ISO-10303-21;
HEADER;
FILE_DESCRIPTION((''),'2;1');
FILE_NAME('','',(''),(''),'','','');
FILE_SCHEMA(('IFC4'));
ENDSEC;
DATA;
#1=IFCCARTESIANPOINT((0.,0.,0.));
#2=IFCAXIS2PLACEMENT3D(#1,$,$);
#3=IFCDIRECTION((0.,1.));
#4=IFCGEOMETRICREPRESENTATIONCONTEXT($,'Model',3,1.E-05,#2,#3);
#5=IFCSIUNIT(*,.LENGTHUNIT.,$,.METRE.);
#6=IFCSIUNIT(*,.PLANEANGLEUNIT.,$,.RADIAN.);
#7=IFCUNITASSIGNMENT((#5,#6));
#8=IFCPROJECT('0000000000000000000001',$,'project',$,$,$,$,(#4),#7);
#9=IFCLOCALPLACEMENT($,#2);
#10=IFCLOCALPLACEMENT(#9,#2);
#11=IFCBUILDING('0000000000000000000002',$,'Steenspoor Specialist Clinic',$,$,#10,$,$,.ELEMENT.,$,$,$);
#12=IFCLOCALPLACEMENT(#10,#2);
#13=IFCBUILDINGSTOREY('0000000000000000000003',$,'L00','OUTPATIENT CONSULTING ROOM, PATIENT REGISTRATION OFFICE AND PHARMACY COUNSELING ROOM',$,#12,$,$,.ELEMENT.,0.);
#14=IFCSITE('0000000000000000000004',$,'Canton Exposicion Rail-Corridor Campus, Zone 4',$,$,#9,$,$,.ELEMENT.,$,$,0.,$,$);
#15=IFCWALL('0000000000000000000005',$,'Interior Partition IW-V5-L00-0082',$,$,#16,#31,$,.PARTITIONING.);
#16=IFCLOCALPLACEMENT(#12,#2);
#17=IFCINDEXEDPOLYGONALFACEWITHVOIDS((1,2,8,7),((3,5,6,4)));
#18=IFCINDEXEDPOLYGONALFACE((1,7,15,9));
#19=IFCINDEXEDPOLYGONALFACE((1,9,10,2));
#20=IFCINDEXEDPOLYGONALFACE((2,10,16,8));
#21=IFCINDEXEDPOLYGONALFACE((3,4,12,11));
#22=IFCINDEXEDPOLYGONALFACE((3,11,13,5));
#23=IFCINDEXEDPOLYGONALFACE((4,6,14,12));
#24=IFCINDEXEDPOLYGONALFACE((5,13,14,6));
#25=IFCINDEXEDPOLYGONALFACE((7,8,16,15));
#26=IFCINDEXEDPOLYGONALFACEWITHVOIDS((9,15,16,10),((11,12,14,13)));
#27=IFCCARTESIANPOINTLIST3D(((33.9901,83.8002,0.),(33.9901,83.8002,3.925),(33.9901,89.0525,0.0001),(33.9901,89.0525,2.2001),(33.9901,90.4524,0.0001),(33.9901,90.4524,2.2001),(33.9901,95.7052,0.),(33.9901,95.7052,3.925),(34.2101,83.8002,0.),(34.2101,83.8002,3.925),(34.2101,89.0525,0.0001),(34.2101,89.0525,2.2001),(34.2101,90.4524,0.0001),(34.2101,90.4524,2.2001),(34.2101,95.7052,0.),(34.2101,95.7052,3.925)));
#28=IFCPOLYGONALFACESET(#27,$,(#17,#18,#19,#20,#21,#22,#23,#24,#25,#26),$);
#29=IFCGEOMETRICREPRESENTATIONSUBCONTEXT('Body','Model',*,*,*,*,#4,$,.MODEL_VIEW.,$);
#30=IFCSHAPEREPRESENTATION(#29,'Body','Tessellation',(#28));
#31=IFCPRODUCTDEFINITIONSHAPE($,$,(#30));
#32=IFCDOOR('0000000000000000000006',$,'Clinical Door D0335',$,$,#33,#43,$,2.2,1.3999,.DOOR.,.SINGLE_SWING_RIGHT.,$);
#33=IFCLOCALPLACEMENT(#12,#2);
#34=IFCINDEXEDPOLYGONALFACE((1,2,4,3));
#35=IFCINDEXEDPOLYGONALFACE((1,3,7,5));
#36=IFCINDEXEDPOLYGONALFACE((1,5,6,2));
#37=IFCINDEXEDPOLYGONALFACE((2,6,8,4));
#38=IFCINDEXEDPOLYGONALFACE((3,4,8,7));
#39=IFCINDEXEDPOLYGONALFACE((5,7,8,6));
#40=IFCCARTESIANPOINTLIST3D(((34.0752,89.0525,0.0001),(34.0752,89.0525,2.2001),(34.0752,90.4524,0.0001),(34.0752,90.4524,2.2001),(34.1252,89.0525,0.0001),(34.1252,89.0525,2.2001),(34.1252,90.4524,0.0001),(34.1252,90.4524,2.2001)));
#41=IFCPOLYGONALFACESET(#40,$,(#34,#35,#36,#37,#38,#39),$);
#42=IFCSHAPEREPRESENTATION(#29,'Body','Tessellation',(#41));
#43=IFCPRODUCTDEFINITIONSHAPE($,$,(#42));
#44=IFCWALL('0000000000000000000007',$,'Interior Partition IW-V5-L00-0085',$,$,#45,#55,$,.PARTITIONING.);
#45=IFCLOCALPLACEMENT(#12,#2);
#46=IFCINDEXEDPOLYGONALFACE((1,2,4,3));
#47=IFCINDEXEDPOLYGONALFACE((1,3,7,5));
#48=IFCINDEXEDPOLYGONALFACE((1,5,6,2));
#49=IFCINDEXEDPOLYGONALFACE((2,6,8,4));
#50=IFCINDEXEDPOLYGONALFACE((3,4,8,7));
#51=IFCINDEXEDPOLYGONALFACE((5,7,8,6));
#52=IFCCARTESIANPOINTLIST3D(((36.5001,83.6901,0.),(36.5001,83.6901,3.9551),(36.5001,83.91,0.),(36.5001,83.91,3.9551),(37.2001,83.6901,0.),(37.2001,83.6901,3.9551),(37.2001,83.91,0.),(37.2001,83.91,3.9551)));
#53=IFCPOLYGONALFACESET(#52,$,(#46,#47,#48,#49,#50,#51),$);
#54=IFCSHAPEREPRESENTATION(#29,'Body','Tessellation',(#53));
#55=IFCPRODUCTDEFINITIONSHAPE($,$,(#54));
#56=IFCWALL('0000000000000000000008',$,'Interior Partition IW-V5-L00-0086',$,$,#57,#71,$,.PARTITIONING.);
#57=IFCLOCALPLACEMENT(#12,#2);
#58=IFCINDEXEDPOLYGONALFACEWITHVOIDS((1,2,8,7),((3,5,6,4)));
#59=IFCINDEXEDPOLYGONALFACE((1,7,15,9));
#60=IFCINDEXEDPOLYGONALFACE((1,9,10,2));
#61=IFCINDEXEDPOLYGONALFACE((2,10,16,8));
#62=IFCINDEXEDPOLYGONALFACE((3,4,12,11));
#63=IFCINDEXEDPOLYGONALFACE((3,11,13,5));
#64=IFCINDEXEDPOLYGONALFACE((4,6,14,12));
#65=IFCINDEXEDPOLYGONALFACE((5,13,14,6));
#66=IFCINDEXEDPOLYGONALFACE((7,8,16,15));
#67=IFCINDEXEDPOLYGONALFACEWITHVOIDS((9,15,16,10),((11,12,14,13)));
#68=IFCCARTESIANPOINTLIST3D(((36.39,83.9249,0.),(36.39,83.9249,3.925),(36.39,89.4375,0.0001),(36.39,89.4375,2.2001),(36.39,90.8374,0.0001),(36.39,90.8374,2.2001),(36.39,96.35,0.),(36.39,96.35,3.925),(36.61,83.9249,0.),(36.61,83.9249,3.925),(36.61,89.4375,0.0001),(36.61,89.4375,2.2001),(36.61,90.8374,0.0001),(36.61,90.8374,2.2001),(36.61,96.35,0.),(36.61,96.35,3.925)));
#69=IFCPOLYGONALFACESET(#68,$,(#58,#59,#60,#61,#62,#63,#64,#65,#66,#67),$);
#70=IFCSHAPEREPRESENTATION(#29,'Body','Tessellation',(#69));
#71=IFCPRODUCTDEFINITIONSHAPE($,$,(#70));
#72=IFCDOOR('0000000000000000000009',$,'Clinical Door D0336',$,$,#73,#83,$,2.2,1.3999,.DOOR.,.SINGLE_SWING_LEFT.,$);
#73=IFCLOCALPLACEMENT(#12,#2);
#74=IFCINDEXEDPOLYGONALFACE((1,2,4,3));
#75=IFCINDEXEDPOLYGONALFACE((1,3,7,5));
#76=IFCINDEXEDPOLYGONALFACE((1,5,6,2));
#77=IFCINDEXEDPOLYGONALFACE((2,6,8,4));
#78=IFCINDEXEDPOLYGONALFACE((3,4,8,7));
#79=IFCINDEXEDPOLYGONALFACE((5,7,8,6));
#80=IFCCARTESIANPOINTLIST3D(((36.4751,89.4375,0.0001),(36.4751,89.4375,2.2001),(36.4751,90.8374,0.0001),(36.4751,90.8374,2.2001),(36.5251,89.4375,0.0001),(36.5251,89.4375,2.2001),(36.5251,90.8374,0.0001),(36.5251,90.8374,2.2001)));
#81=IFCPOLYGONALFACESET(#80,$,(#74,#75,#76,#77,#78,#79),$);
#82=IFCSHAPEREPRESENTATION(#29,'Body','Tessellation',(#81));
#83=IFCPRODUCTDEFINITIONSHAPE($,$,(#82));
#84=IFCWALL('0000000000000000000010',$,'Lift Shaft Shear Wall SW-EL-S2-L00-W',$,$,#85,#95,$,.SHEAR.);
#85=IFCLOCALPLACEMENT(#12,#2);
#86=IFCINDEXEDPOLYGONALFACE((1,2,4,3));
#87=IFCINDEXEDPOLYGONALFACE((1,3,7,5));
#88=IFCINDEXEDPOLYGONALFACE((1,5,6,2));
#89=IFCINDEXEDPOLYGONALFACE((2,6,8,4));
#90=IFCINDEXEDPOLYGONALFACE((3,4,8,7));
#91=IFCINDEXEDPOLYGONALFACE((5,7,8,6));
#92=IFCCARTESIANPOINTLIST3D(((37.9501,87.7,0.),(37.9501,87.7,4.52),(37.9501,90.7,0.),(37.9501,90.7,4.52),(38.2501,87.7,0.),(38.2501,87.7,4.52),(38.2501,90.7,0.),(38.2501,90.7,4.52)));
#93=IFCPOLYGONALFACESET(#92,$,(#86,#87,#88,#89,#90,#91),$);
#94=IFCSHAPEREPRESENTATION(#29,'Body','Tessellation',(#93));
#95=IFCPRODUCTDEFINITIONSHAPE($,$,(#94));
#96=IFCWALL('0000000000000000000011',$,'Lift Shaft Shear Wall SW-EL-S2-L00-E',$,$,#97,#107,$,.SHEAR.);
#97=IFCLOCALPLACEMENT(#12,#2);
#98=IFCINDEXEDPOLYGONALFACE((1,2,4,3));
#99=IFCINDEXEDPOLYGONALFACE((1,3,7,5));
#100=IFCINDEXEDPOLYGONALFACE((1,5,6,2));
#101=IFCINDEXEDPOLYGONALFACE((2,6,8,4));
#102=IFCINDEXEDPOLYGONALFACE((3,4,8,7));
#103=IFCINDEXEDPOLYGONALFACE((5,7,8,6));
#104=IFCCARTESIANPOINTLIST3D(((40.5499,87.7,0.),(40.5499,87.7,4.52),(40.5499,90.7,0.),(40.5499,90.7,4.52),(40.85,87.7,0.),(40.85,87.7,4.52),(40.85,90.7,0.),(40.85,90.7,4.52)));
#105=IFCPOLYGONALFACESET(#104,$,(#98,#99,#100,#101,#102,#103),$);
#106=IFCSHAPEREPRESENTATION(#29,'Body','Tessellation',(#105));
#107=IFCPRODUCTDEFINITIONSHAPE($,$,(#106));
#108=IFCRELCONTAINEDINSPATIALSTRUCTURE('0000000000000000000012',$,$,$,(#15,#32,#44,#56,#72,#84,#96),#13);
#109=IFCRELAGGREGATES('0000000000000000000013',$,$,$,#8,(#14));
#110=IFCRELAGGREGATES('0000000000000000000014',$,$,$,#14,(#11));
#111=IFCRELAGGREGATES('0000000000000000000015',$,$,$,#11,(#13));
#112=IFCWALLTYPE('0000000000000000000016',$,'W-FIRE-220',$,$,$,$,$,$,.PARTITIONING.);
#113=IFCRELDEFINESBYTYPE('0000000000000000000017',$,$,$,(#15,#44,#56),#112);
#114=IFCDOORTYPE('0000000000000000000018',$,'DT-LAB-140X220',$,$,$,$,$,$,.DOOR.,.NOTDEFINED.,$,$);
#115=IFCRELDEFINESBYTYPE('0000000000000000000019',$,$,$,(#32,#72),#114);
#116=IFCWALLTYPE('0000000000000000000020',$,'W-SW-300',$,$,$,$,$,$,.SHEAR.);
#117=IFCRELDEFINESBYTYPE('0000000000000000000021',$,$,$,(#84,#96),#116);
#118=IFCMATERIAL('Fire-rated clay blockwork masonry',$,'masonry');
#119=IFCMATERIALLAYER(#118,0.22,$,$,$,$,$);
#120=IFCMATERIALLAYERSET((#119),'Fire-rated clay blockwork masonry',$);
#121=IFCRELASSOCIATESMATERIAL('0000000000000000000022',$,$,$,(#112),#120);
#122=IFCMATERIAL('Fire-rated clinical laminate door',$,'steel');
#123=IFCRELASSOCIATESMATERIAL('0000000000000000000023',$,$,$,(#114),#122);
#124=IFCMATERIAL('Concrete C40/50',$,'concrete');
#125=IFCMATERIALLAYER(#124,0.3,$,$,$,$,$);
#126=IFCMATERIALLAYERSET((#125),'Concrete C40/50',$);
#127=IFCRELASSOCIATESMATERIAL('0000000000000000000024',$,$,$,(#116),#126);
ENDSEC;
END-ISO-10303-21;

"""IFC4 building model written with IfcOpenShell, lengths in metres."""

from ifc_helpers import new_model, si_unit, direction, frame, frame_2d, origin, place, context, subcontext, project, spatial, rectangle, extrude, material, layer, layer_set, type_object, element, fill, save


model = new_model("IFC4")

# Units and contexts
model_context = context("Model", 3, precision=1e-05, world=origin(), true_north=direction((0.0, 1.0)))
body_context = subcontext(model_context, "Body", "Model", "MODEL_VIEW")
ifc_project = project(units=[si_unit("LENGTHUNIT", "METRE"), si_unit("PLANEANGLEUNIT", "RADIAN")], contexts=[model_context])

# Site, building, storey
site_placement = place(None, origin())
site = spatial("IfcSite", under=ifc_project, at=site_placement, Name="Canton Exposicion Rail-Corridor Campus, Zone 4", CompositionType="ELEMENT", RefElevation=0.0)
building_placement = place(site_placement, origin())
building = spatial("IfcBuilding", under=site, at=building_placement, Name="Steenspoor Specialist Clinic", CompositionType="ELEMENT")
storey_placement = place(building_placement, origin())
storey = spatial("IfcBuildingStorey", under=building, at=storey_placement, Name="L00", Description="OUTPATIENT CONSULTING ROOM, PATIENT REGISTRATION OFFICE AND PHARMACY COUNSELING ROOM", CompositionType="ELEMENT", Elevation=0.0)

# Shared definitions
ifc_material_1 = material(Name="Concrete C40/50", Category="concrete")

# Shared definitions
ifc_material_2 = material(Name="Fire-rated clay blockwork masonry", Category="masonry")
ifc_layer_1 = layer(ifc_material_2, 0.22)
ifc_layer_set_1 = layer_set([ifc_layer_1], Name="Fire-rated clay blockwork masonry")
wall_type_1 = type_object("IfcWallType", Name="W-FIRE-220", PredefinedType="PARTITIONING", material=ifc_layer_set_1)
ifc_material_3 = material(Name="Fire-rated clinical laminate door", Category="steel")
door_type_1 = type_object("IfcDoorType", Name="DT-LAB-140X220", OperationType="NOTDEFINED", PredefinedType="DOOR", material=ifc_material_3)

# Wall, opening, door
wall_1_placement = place(storey_placement, frame((34.1001, 83.8, 0.0), z_axis=(0.0, 0.0, 1.0), x_axis=(0.0, 1.0, 0.0)))
wall_1 = element("IfcWall", 1, at=wall_1_placement, inside=storey, type_object=wall_type_1, Name="Interior Partition IW-V5-L00-0082", PredefinedType="PARTITIONING", context=body_context, shape_type="SweptSolid", body=[
    extrude(rectangle(XDim=11.905, YDim=0.22, at=frame_2d((5.9526, 0.0))), origin(), (0.0, 0.0, 1.0), 3.925),
])
opening_1_placement = place(wall_1_placement, frame((5.2524, 0.0, 0.0)))
opening_1 = element("IfcOpeningElement", 2, at=opening_1_placement, cuts=wall_1, PredefinedType="OPENING", context=body_context, shape_type="SweptSolid", body=[
    extrude(rectangle(XDim=1.3999, YDim=2.2, at=frame_2d((0.7, 1.1001))), frame((0.0, 0.1201, 0.0), z_axis=(0.0, -1.0, 0.0), x_axis=(1.0, 0.0, 0.0)), (0.0, 0.0, 1.0), 0.24),
])
door_1_placement = place(opening_1_placement, origin())
door_1 = element("IfcDoor", 3, at=door_1_placement, inside=storey, type_object=door_type_1, Name="Clinical Door D0335", OperationType="SINGLE_SWING_RIGHT", OverallHeight=2.2, OverallWidth=1.3999, PredefinedType="DOOR", context=body_context, shape_type="SweptSolid", body=[
    extrude(rectangle(XDim=1.3999, YDim=2.2, at=frame_2d((0.7, 1.1001))), frame((0.0, 0.0249, 0.0), z_axis=(0.0, -1.0, 0.0), x_axis=(1.0, 0.0, 0.0)), (0.0, 0.0, 1.0), 0.05),
])
fill(opening_1, door_1)

# Wall
wall_2_placement = place(storey_placement, frame((36.5, 83.8, 0.0), z_axis=(0.0, 0.0, 1.0), x_axis=(1.0, 0.0, 0.0)))
element("IfcWall", 4, at=wall_2_placement, inside=storey, type_object=wall_type_1, Name="Interior Partition IW-V5-L00-0085", PredefinedType="PARTITIONING", context=body_context, shape_type="SweptSolid", body=[
    extrude(rectangle(XDim=0.7, YDim=0.22, at=frame_2d((0.3501, 0.0))), origin(), (0.0, 0.0, 1.0), 3.9551),
])

# Wall, opening, door
wall_3_placement = place(storey_placement, frame((36.5, 83.925, 0.0), z_axis=(0.0, 0.0, 1.0), x_axis=(0.0, 1.0, 0.0)))
wall_3 = element("IfcWall", 5, at=wall_3_placement, inside=storey, type_object=wall_type_1, Name="Interior Partition IW-V5-L00-0086", PredefinedType="PARTITIONING", context=body_context, shape_type="SweptSolid", body=[
    extrude(rectangle(XDim=12.425, YDim=0.22, at=frame_2d((6.2124, 0.0))), origin(), (0.0, 0.0, 1.0), 3.925),
])
opening_2_placement = place(wall_3_placement, frame((5.5125, 0.0, 0.0)))
opening_2 = element("IfcOpeningElement", 6, at=opening_2_placement, cuts=wall_3, PredefinedType="OPENING", context=body_context, shape_type="SweptSolid", body=[
    extrude(rectangle(XDim=1.3999, YDim=2.2, at=frame_2d((0.7, 1.1001))), frame((0.0, 0.1201, 0.0), z_axis=(0.0, -1.0, 0.0), x_axis=(1.0, 0.0, 0.0)), (0.0, 0.0, 1.0), 0.24),
])
door_2_placement = place(opening_2_placement, origin())
door_2 = element("IfcDoor", 7, at=door_2_placement, inside=storey, type_object=door_type_1, Name="Clinical Door D0336", OperationType="SINGLE_SWING_LEFT", OverallHeight=2.2, OverallWidth=1.3999, PredefinedType="DOOR", context=body_context, shape_type="SweptSolid", body=[
    extrude(rectangle(XDim=1.3999, YDim=2.2, at=frame_2d((0.7, 1.1001))), frame((0.0, 0.0249, 0.0), z_axis=(0.0, -1.0, 0.0), x_axis=(1.0, 0.0, 0.0)), (0.0, 0.0, 1.0), 0.05),
])
fill(opening_2, door_2)
ifc_layer_2 = layer(ifc_material_1, 0.3)
ifc_layer_set_2 = layer_set([ifc_layer_2], Name="Concrete C40/50")
wall_type_2 = type_object("IfcWallType", Name="W-SW-300", PredefinedType="SHEAR", material=ifc_layer_set_2)

# Walls
for number, where, z_axis, x_axis, name in (
    (8, (38.1001, 87.7, 0.0), (0.0, 0.0, 1.0), (0.0, 1.0, 0.0), "Lift Shaft Shear Wall SW-EL-S2-L00-W"),
    (9, (40.7, 87.7, 0.0), (0.0, 0.0, 1.0), (0.0, 1.0, 0.0), "Lift Shaft Shear Wall SW-EL-S2-L00-E"),
):
    element("IfcWall", number, at=place(storey_placement, frame(where, z_axis=z_axis, x_axis=x_axis)), inside=storey, type_object=wall_type_2, Name=name, PredefinedType="SHEAR", context=body_context, shape_type="SweptSolid", body=[
        extrude(rectangle(XDim=3.0, YDim=0.3, at=frame_2d((1.5, 0.0))), origin(), (0.0, 0.0, 1.0), 4.52),
    ])

save(model, "model.ifc")
